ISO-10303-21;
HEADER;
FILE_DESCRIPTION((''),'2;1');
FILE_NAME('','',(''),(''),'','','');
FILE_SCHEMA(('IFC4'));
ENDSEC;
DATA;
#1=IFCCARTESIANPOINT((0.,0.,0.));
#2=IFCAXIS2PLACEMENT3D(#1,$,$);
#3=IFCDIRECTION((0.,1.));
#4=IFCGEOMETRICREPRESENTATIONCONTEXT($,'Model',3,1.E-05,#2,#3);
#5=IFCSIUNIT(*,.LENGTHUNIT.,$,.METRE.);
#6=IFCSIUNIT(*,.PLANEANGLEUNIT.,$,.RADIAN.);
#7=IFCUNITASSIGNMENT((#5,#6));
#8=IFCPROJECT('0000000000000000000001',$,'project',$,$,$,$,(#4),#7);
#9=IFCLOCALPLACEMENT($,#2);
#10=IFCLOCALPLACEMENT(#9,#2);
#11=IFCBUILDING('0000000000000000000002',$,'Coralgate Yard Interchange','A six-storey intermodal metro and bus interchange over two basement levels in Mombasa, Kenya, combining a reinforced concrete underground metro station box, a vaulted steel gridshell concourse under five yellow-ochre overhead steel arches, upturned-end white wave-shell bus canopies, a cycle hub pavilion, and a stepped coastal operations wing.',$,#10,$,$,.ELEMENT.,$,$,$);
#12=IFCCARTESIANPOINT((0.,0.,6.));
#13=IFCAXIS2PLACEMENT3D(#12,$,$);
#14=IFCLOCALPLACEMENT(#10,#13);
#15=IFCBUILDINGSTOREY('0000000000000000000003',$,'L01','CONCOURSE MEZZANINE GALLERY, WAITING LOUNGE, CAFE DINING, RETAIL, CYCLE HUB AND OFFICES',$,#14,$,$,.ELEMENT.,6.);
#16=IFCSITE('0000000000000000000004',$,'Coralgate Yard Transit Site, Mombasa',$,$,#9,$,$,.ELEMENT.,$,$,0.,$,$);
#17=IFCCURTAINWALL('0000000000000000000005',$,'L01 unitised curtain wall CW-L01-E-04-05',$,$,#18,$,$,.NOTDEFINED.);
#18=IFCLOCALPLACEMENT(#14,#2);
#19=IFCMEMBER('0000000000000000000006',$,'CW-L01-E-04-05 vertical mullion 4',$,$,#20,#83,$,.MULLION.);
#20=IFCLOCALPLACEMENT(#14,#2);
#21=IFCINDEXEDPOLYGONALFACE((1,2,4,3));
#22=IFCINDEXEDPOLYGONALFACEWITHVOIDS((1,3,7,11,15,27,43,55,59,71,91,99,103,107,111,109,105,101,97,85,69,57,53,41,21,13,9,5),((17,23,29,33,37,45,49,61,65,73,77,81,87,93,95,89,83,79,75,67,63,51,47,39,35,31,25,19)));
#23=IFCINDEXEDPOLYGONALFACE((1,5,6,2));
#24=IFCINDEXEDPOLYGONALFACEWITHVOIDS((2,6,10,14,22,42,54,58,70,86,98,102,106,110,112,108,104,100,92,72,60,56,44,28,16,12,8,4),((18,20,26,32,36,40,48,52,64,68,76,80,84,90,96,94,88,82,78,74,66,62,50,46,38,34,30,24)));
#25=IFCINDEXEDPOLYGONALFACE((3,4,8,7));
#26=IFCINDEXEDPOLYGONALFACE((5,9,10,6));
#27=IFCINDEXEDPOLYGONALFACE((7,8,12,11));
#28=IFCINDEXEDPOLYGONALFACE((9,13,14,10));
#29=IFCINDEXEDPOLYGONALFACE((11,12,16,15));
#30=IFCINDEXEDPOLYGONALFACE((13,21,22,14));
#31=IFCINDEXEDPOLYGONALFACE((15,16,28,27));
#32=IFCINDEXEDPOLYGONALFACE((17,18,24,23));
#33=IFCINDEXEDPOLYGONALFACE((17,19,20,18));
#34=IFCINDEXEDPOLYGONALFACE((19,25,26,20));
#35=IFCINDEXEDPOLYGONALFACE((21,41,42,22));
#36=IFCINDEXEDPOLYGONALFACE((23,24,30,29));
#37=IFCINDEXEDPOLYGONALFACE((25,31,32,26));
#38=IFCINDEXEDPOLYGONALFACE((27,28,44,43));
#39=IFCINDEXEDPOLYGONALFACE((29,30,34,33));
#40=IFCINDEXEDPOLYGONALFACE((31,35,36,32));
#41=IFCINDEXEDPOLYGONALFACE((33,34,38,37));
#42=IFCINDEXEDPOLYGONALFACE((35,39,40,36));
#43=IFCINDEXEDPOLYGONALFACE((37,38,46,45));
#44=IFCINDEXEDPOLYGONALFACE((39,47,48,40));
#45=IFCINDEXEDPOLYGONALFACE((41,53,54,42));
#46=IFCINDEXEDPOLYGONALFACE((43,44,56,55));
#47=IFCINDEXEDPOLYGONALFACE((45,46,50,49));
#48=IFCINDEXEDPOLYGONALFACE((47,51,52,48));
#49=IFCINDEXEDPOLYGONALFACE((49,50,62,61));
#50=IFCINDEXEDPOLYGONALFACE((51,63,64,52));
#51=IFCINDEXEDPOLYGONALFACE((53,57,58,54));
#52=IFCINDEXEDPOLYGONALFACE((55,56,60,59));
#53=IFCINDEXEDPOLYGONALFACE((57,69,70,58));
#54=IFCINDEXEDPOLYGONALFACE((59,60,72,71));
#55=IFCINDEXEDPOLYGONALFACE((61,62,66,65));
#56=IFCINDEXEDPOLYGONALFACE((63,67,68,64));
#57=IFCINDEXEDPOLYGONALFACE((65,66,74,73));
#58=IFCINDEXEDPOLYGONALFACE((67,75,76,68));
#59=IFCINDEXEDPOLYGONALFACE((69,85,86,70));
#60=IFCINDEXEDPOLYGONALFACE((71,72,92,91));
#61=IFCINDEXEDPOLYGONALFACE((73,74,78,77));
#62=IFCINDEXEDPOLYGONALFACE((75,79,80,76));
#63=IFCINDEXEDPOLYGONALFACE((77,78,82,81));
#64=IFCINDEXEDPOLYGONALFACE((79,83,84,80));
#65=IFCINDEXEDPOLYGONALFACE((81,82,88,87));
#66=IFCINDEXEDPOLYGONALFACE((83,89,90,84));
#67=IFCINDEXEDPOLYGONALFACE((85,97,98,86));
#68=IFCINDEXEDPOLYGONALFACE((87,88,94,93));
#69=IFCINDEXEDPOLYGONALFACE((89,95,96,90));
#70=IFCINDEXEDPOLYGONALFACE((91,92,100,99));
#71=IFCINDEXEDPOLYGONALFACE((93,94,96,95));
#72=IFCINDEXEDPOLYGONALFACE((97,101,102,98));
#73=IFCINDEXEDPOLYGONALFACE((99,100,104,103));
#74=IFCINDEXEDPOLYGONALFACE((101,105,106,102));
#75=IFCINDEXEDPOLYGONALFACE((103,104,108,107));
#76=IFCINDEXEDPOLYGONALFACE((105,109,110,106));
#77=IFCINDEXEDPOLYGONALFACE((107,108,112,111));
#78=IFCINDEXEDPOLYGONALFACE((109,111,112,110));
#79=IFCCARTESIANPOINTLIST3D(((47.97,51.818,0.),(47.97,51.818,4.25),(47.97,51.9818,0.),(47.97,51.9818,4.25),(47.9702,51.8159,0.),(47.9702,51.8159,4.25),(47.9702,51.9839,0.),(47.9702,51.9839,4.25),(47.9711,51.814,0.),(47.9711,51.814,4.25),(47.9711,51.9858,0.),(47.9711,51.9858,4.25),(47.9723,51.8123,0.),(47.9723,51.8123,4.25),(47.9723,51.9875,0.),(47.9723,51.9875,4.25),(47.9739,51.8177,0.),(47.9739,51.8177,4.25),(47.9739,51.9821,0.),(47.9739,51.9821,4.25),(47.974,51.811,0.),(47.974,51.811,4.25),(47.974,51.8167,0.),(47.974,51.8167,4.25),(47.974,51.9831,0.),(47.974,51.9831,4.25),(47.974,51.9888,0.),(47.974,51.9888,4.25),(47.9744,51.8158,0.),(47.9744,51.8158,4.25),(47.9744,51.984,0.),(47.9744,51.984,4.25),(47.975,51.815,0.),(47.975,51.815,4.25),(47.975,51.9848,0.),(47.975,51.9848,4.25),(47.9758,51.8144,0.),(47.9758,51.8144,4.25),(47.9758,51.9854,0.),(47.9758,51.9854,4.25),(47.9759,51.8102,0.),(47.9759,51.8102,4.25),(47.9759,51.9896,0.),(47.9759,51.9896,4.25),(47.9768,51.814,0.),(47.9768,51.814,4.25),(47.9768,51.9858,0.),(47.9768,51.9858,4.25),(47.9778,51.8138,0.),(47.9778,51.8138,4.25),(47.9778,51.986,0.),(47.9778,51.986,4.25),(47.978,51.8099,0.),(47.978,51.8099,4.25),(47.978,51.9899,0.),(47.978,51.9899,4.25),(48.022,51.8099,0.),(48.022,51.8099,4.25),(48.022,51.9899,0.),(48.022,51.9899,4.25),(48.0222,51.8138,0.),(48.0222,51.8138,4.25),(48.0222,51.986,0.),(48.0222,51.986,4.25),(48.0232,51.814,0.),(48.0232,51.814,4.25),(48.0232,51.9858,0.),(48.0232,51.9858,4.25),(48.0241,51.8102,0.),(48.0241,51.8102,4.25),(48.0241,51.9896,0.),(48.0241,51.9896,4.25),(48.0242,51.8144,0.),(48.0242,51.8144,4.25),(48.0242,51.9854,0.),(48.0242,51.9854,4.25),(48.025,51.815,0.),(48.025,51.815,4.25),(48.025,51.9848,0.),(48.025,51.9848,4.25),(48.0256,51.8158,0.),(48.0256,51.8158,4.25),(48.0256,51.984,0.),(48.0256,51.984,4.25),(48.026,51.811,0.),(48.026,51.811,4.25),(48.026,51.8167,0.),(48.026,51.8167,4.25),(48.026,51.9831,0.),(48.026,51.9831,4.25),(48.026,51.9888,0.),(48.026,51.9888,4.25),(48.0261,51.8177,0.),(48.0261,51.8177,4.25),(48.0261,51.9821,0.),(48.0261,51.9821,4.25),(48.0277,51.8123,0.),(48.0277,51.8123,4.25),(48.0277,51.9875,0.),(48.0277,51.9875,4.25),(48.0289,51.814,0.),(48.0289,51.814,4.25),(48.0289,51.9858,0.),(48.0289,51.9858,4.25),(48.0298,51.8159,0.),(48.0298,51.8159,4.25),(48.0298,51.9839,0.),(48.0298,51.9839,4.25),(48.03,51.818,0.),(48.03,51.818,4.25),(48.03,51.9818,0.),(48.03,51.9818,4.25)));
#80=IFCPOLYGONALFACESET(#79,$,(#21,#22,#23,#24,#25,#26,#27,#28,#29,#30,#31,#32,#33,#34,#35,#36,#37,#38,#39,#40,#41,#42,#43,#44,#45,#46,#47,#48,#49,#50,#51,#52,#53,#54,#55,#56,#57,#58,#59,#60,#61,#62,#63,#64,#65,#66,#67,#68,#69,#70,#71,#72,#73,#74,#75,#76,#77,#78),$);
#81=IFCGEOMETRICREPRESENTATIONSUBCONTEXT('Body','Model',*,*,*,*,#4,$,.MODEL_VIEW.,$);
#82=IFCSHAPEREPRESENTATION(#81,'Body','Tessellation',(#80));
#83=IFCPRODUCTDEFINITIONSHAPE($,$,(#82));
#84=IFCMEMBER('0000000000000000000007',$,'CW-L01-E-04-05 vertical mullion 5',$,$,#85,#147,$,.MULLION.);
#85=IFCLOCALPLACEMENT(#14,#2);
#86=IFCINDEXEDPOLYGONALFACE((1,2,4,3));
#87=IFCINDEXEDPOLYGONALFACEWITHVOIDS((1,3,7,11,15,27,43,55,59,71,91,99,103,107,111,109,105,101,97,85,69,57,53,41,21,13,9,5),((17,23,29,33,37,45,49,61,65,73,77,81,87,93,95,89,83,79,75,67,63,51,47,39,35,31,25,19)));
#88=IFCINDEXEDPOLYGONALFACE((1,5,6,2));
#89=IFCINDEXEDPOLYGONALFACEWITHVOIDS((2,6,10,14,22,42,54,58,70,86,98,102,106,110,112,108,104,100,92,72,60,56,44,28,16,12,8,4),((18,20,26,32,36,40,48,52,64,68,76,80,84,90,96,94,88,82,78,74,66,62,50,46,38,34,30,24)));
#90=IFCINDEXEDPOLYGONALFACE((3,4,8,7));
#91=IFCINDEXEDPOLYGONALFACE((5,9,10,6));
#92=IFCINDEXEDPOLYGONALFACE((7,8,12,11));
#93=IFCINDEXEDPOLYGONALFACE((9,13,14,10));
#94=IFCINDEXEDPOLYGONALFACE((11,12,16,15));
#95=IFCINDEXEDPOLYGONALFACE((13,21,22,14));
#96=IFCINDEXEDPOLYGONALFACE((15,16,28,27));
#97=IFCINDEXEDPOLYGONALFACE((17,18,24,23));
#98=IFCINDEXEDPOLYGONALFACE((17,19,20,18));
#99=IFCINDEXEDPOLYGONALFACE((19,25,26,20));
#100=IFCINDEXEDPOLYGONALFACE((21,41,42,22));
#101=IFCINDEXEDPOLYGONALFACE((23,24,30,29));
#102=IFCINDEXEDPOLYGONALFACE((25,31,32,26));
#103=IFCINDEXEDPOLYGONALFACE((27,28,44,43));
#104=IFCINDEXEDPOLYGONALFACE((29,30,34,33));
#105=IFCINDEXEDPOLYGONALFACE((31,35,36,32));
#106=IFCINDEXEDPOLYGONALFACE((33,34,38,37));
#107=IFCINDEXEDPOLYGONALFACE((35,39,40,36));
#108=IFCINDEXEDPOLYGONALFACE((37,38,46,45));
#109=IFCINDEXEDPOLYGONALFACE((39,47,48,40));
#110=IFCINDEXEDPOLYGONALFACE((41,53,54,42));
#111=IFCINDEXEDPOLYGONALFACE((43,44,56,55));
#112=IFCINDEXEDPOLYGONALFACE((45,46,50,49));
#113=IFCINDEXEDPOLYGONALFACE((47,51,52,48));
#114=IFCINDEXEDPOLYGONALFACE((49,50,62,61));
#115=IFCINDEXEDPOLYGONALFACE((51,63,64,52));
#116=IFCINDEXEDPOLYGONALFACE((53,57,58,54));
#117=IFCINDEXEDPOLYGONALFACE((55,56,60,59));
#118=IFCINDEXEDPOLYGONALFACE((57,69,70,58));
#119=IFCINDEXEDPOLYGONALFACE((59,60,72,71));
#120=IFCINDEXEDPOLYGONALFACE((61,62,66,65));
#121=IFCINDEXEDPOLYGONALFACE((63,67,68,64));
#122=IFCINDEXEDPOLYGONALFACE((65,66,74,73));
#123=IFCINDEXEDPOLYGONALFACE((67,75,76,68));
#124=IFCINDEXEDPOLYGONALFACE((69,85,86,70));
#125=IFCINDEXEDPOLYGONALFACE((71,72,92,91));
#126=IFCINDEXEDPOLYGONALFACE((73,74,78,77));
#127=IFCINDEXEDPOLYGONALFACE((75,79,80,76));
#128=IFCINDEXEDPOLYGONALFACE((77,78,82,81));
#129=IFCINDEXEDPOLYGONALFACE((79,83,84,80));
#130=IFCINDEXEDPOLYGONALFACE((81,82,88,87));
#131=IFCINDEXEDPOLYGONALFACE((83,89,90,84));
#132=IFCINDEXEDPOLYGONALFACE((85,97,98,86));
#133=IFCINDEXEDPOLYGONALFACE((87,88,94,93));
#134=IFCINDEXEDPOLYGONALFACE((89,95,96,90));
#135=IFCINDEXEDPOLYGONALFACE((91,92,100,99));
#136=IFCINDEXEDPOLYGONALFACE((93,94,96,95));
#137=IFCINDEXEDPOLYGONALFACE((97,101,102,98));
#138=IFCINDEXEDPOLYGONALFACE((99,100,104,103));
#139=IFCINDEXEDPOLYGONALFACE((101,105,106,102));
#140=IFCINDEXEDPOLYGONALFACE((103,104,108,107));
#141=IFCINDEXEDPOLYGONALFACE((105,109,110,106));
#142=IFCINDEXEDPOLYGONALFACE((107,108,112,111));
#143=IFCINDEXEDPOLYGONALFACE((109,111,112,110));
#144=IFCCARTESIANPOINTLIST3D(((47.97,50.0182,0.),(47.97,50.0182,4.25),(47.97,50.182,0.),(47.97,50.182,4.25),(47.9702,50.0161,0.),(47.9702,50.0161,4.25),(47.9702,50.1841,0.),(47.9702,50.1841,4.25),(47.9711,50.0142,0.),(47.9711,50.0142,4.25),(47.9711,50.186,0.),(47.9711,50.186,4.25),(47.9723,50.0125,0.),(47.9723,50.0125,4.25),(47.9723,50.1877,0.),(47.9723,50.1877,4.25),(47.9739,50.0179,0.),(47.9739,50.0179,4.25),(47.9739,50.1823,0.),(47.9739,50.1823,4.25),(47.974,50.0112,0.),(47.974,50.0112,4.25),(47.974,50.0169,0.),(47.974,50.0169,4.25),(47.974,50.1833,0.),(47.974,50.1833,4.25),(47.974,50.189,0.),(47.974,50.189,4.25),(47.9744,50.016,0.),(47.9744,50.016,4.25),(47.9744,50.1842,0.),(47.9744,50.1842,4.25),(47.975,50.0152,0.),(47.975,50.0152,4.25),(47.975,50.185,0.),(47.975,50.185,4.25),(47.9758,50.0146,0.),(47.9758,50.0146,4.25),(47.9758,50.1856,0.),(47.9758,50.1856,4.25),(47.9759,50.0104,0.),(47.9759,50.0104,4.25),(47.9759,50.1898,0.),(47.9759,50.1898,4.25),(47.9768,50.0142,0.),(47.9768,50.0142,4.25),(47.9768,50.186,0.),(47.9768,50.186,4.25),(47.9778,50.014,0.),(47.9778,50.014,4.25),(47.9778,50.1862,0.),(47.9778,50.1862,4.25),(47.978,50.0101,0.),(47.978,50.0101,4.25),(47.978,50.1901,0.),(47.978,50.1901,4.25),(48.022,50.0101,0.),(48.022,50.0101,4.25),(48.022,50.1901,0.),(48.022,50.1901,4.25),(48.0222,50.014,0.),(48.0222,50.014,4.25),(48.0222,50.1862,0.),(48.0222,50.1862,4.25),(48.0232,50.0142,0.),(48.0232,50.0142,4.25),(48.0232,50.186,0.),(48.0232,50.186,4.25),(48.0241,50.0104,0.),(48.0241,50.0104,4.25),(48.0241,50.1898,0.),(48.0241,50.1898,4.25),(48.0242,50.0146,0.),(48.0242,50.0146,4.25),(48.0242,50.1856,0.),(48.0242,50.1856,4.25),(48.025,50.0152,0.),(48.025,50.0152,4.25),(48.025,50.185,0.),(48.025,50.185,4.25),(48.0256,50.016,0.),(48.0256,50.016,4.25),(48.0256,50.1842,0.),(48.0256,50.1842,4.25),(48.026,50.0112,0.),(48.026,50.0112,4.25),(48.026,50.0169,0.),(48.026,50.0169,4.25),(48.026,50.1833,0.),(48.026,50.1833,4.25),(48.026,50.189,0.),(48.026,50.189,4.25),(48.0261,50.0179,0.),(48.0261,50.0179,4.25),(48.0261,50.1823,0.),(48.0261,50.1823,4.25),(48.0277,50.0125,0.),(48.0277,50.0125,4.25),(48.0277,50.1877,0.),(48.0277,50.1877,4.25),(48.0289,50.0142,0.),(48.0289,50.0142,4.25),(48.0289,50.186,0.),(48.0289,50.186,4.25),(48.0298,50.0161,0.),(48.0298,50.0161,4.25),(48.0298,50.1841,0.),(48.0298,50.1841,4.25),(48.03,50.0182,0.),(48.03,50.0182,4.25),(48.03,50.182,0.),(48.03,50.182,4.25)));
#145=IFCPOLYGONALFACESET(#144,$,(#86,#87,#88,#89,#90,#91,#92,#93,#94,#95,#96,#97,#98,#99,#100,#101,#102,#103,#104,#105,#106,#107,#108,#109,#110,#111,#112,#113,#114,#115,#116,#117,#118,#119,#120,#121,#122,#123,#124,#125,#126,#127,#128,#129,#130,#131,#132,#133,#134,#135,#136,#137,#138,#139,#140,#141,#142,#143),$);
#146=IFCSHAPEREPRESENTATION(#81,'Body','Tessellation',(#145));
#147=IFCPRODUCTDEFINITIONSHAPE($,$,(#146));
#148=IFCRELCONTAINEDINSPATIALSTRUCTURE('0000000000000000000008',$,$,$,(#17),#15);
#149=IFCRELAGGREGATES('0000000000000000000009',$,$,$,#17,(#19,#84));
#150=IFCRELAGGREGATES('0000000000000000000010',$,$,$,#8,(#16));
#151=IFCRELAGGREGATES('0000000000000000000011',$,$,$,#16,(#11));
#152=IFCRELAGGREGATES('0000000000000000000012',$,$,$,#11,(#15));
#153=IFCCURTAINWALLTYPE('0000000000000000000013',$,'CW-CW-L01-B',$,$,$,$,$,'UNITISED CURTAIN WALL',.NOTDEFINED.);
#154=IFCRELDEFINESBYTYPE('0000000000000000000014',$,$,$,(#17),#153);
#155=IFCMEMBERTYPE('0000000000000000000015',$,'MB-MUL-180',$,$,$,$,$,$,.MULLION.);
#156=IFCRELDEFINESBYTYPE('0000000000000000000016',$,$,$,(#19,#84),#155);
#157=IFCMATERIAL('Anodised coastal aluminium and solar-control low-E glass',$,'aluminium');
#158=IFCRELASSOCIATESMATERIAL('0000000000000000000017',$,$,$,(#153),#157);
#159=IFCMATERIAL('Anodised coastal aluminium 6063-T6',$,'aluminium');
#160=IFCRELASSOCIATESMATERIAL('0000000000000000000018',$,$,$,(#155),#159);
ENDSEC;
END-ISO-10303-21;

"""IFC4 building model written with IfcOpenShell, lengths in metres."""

from ifc_helpers import new_model, si_unit, direction, frame, origin, origin_2d, place, context, subcontext, project, spatial, hollow_rectangle, extrude, material, material_profile, profile_set, type_object, element, aggregate, save


model = new_model("IFC4")

# Units and contexts
model_context = context("Model", 3, precision=1e-05, world=origin(), true_north=direction((0.0, 1.0)))
body_context = subcontext(model_context, "Body", "Model", "MODEL_VIEW")
ifc_project = project(units=[si_unit("LENGTHUNIT", "METRE"), si_unit("PLANEANGLEUNIT", "RADIAN")], contexts=[model_context])

# Site, building, storey
site_placement = place(None, origin())
site = spatial("IfcSite", under=ifc_project, at=site_placement, Name="Coralgate Yard Transit Site, Mombasa", CompositionType="ELEMENT", RefElevation=0.0)
building_placement = place(site_placement, origin())
building = spatial("IfcBuilding", under=site, at=building_placement, Name="Coralgate Yard Interchange", Description="A six-storey intermodal metro and bus interchange over two basement levels in Mombasa, Kenya, combining a reinforced concrete underground metro station box, a vaulted steel gridshell concourse under five yellow-ochre overhead steel arches, upturned-end white wave-shell bus canopies, a cycle hub pavilion, and a stepped coastal operations wing.", CompositionType="ELEMENT")
storey_placement = place(building_placement, frame((0.0, 0.0, 6.0)))
storey = spatial("IfcBuildingStorey", under=building, at=storey_placement, Name="L01", Description="CONCOURSE MEZZANINE GALLERY, WAITING LOUNGE, CAFE DINING, RETAIL, CYCLE HUB AND OFFICES", CompositionType="ELEMENT", Elevation=6.0)

# Curtain wall, members
ifc_material_1 = material(Name="Anodised coastal aluminium and solar-control low-E glass", Category="aluminium")
curtain_wall_type = type_object("IfcCurtainWallType", Name="CW-CW-L01-B", ElementType="UNITISED CURTAIN WALL", PredefinedType="NOTDEFINED", material=ifc_material_1)
curtain_wall_placement = place(storey_placement, origin())
curtain_wall = element("IfcCurtainWall", 1, at=curtain_wall_placement, inside=storey, type_object=curtain_wall_type, Name="L01 unitised curtain wall CW-L01-E-04-05", PredefinedType="NOTDEFINED")
ifc_material_2 = material(Name="Anodised coastal aluminium 6063-T6", Category="aluminium")
ifc_material_profile_1 = material_profile(ifc_material_2, hollow_rectangle(XDim=0.0601, YDim=0.1799, WallThickness=0.0039, InnerFilletRadius=0.0039, OuterFilletRadius=0.0081, at=origin_2d()), Name="ALU 60x180x4")
ifc_profile_set_1 = profile_set([ifc_material_profile_1], Name="Anodised coastal aluminium 6063-T6")
member_type_1 = type_object("IfcMemberType", Name="MB-MUL-180", PredefinedType="MULLION", material=ifc_profile_set_1)
member_1_placement = place(storey_placement, frame((48.0, 51.8999, 0.0), z_axis=(0.0, 0.0, 1.0), x_axis=(1.0, 0.0, 0.0)))
member_1 = element("IfcMember", 2, at=member_1_placement, type_object=member_type_1, Name="CW-L01-E-04-05 vertical mullion 4", PredefinedType="MULLION", context=body_context, shape_type="SweptSolid", body=[
    extrude(hollow_rectangle(XDim=0.0601, YDim=0.1799, WallThickness=0.0039, InnerFilletRadius=0.0039, OuterFilletRadius=0.0081, at=origin_2d()), origin(), (0.0, 0.0, 1.0), 4.25),
])
member_2_placement = place(storey_placement, frame((48.0, 50.1001, 0.0), z_axis=(0.0, 0.0, 1.0), x_axis=(1.0, 0.0, 0.0)))
member_2 = element("IfcMember", 3, at=member_2_placement, type_object=member_type_1, Name="CW-L01-E-04-05 vertical mullion 5", PredefinedType="MULLION", context=body_context, shape_type="SweptSolid", body=[
    extrude(hollow_rectangle(XDim=0.0601, YDim=0.1799, WallThickness=0.0039, InnerFilletRadius=0.0039, OuterFilletRadius=0.0081, at=origin_2d()), origin(), (0.0, 0.0, 1.0), 4.25),
])
aggregate(curtain_wall, [member_1, member_2])

save(model, "model.ifc")
